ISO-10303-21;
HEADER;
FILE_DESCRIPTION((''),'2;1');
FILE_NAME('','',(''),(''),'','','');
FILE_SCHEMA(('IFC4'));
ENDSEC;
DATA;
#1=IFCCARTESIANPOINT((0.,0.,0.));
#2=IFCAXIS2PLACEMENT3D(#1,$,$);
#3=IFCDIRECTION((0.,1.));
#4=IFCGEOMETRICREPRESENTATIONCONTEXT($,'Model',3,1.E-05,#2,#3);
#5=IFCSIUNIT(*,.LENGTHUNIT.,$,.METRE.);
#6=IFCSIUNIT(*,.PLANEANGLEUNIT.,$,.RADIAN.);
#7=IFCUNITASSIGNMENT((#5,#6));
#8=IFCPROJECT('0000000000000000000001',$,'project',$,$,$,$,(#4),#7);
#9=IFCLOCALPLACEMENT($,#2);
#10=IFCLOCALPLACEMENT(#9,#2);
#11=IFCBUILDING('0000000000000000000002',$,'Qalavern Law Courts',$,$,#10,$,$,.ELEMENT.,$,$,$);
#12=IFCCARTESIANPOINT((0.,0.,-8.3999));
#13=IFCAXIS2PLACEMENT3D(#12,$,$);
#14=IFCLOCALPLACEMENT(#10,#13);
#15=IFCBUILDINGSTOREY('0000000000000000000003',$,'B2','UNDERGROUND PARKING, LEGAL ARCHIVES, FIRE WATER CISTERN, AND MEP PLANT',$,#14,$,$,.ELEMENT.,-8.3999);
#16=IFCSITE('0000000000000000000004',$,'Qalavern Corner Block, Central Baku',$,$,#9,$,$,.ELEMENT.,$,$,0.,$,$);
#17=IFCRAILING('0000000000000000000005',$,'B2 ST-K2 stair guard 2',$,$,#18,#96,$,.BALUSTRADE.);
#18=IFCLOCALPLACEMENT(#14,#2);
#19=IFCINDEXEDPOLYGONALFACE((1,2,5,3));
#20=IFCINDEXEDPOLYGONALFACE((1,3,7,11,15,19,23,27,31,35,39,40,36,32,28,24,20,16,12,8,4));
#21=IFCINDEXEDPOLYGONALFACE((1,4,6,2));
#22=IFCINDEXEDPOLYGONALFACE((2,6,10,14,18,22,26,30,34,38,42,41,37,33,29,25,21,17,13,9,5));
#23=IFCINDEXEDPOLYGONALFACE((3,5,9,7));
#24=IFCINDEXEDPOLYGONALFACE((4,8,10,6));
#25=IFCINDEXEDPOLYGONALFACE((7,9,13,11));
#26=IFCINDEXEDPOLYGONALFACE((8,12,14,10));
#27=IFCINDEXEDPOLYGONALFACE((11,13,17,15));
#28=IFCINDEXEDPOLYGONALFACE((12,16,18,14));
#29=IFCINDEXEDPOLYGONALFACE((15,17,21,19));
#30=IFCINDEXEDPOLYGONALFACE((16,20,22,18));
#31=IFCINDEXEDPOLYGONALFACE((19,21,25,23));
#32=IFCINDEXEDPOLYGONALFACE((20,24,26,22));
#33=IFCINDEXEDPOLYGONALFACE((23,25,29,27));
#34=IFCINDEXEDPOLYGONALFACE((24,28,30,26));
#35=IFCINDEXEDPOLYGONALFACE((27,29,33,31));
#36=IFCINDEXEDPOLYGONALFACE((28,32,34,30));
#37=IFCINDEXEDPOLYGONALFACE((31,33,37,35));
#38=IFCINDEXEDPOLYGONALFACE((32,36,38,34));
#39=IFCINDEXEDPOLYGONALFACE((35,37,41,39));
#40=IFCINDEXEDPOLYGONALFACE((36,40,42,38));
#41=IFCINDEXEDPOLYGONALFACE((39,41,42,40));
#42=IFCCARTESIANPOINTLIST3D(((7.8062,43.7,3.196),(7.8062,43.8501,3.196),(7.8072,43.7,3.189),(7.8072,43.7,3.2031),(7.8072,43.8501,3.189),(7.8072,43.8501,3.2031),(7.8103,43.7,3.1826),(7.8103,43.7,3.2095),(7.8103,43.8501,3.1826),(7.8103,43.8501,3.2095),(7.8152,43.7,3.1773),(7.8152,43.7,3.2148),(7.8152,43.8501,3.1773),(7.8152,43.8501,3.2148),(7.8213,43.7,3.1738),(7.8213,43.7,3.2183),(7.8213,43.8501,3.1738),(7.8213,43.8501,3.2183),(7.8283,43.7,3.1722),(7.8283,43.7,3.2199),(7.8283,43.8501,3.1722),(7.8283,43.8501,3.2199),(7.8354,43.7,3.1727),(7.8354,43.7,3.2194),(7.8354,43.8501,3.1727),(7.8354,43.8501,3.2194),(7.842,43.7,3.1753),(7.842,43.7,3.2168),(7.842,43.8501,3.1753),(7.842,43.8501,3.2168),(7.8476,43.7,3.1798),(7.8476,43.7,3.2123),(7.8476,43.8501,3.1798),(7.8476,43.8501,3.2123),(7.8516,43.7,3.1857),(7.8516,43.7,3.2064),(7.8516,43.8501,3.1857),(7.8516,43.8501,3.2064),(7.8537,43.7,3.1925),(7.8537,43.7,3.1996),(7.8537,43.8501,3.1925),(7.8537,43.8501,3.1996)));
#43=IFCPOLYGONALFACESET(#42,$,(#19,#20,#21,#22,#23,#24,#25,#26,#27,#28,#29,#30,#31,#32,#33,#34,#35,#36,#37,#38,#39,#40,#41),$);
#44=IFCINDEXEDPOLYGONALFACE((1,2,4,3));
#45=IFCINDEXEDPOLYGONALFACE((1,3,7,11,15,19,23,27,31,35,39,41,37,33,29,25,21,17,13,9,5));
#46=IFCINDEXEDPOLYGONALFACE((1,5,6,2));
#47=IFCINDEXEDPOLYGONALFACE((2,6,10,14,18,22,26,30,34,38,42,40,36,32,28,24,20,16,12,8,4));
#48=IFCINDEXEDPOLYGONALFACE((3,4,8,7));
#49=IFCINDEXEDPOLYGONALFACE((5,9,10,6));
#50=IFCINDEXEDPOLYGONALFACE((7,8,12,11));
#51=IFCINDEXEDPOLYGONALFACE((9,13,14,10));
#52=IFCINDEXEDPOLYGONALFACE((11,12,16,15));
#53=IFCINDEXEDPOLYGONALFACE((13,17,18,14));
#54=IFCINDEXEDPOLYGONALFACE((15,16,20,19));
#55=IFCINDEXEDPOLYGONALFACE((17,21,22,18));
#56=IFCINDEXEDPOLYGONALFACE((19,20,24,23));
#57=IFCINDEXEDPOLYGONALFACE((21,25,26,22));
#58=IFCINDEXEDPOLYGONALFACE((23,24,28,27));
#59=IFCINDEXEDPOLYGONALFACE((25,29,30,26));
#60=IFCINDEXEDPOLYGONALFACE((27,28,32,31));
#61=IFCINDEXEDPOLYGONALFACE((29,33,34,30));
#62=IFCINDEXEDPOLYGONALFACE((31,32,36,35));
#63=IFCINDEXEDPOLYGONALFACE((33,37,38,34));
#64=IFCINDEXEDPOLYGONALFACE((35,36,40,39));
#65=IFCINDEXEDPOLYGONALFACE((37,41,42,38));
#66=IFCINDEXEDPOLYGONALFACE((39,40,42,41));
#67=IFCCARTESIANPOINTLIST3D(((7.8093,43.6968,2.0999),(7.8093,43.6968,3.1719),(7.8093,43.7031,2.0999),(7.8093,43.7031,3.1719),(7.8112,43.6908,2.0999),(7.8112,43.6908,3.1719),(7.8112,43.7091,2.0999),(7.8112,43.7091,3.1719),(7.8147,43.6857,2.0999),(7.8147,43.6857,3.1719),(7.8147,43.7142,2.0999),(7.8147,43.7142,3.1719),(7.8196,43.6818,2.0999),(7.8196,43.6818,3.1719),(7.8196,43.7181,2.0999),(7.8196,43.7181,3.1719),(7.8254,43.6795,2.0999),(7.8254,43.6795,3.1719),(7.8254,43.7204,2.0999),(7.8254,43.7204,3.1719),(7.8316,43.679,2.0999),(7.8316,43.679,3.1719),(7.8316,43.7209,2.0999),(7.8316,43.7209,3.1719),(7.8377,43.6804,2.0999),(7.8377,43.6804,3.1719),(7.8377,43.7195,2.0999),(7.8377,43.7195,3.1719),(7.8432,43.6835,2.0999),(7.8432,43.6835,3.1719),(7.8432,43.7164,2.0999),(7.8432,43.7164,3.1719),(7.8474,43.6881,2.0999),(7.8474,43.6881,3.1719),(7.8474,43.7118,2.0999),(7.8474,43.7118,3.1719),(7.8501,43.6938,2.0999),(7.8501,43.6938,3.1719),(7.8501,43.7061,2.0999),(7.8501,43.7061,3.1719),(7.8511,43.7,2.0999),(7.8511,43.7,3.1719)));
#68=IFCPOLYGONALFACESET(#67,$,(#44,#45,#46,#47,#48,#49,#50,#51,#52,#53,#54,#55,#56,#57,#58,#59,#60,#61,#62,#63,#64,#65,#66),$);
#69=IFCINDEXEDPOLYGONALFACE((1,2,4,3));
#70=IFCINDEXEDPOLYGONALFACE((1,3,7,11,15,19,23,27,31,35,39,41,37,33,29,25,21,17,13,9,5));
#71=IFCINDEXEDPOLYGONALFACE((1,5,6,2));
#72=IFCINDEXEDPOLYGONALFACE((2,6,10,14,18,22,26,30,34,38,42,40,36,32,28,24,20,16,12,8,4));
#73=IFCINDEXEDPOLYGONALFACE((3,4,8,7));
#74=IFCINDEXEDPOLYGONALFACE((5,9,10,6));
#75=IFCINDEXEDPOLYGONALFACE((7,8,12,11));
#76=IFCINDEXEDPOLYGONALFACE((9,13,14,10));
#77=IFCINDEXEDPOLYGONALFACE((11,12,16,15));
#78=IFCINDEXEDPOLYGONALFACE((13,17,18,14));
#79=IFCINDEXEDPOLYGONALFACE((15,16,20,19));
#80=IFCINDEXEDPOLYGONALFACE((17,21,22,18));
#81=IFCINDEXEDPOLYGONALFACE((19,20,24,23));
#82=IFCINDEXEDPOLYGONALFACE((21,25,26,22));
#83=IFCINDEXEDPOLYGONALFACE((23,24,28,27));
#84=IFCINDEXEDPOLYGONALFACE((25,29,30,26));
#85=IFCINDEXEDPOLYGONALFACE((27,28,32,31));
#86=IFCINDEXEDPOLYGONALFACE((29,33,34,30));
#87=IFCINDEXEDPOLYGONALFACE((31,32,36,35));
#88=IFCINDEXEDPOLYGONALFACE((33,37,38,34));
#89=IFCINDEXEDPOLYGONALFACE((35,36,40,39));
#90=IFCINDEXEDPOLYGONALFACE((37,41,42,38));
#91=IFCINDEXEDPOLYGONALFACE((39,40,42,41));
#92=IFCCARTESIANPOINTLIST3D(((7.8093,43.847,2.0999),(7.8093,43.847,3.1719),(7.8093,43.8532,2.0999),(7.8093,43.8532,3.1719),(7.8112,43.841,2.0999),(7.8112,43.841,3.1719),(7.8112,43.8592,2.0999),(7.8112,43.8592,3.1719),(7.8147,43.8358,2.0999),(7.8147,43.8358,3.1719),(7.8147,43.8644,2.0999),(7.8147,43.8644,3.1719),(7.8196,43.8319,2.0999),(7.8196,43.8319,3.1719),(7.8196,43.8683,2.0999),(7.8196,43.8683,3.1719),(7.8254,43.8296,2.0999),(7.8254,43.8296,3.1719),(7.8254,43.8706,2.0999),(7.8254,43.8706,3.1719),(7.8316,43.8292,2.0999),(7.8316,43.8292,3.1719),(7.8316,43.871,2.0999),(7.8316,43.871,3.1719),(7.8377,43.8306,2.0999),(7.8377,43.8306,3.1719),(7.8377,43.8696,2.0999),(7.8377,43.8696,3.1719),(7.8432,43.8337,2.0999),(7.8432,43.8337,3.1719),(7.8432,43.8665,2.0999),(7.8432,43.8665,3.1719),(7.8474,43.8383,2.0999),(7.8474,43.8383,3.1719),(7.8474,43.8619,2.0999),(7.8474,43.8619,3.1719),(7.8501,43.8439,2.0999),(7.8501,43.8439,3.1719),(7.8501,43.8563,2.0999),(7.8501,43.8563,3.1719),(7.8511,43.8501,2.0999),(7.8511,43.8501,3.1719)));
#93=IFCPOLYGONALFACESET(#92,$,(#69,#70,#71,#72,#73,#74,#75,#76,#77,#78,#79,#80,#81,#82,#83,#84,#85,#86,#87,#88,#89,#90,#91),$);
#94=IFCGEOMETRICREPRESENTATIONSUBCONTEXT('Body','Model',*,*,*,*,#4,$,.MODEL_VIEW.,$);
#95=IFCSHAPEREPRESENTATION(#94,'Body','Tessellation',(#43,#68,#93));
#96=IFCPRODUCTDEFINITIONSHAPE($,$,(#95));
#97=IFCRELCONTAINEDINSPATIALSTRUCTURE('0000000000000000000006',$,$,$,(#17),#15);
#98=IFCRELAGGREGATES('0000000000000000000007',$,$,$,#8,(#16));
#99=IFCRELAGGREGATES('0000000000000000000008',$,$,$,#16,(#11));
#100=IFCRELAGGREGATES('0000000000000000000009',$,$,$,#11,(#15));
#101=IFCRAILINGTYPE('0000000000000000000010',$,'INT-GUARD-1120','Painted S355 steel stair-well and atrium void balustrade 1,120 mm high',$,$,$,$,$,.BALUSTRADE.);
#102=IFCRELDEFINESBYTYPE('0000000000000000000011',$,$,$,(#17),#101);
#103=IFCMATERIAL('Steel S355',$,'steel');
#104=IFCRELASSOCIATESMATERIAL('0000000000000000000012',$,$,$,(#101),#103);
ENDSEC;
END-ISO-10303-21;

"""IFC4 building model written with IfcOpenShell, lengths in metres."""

from ifc_helpers import new_model, si_unit, direction, frame, origin, origin_2d, place, context, subcontext, project, spatial, circle, extrude, material, type_object, element, save


model = new_model("IFC4")

# Units and contexts
model_context = context("Model", 3, precision=1e-05, world=origin(), true_north=direction((0.0, 1.0)))
body_context = subcontext(model_context, "Body", "Model", "MODEL_VIEW")
ifc_project = project(units=[si_unit("LENGTHUNIT", "METRE"), si_unit("PLANEANGLEUNIT", "RADIAN")], contexts=[model_context])

# Site, building, storey
site_placement = place(None, origin())
site = spatial("IfcSite", under=ifc_project, at=site_placement, Name="Qalavern Corner Block, Central Baku", CompositionType="ELEMENT", RefElevation=0.0)
building_placement = place(site_placement, origin())
building = spatial("IfcBuilding", under=site, at=building_placement, Name="Qalavern Law Courts", CompositionType="ELEMENT")
storey_placement = place(building_placement, frame((0.0, 0.0, -8.3999)))
storey = spatial("IfcBuildingStorey", under=building, at=storey_placement, Name="B2", Description="UNDERGROUND PARKING, LEGAL ARCHIVES, FIRE WATER CISTERN, AND MEP PLANT", CompositionType="ELEMENT", Elevation=-8.3999)

# Railing
ifc_material_1 = material(Name="Steel S355", Category="steel")
railing_type_1 = type_object("IfcRailingType", Name="INT-GUARD-1120", Description="Painted S355 steel stair-well and atrium void balustrade 1,120 mm high", PredefinedType="BALUSTRADE", material=ifc_material_1)
railing_1_placement = place(storey_placement, frame((7.8301, 43.7, 2.0999)))
element("IfcRailing", 1, at=railing_1_placement, inside=storey, type_object=railing_type_1, Name="B2 ST-K2 stair guard 2", PredefinedType="BALUSTRADE", context=body_context, shape_type="SweptSolid", body=[
    extrude(circle(Radius=0.0239, at=origin_2d()), frame((0.0, 0.0, 1.0962), z_axis=(0.0, 1.0, 0.0), x_axis=(-1.0, 0.0, 0.0)), (0.0, 0.0, 1.0), 0.1501),
    extrude(circle(Radius=0.021, at=origin_2d()), origin(), (0.0, 0.0, 1.0), 1.072),
    extrude(circle(Radius=0.021, at=origin_2d()), frame((0.0, 0.1501, 0.0)), (0.0, 0.0, 1.0), 1.072),
])

save(model, "model.ifc")
